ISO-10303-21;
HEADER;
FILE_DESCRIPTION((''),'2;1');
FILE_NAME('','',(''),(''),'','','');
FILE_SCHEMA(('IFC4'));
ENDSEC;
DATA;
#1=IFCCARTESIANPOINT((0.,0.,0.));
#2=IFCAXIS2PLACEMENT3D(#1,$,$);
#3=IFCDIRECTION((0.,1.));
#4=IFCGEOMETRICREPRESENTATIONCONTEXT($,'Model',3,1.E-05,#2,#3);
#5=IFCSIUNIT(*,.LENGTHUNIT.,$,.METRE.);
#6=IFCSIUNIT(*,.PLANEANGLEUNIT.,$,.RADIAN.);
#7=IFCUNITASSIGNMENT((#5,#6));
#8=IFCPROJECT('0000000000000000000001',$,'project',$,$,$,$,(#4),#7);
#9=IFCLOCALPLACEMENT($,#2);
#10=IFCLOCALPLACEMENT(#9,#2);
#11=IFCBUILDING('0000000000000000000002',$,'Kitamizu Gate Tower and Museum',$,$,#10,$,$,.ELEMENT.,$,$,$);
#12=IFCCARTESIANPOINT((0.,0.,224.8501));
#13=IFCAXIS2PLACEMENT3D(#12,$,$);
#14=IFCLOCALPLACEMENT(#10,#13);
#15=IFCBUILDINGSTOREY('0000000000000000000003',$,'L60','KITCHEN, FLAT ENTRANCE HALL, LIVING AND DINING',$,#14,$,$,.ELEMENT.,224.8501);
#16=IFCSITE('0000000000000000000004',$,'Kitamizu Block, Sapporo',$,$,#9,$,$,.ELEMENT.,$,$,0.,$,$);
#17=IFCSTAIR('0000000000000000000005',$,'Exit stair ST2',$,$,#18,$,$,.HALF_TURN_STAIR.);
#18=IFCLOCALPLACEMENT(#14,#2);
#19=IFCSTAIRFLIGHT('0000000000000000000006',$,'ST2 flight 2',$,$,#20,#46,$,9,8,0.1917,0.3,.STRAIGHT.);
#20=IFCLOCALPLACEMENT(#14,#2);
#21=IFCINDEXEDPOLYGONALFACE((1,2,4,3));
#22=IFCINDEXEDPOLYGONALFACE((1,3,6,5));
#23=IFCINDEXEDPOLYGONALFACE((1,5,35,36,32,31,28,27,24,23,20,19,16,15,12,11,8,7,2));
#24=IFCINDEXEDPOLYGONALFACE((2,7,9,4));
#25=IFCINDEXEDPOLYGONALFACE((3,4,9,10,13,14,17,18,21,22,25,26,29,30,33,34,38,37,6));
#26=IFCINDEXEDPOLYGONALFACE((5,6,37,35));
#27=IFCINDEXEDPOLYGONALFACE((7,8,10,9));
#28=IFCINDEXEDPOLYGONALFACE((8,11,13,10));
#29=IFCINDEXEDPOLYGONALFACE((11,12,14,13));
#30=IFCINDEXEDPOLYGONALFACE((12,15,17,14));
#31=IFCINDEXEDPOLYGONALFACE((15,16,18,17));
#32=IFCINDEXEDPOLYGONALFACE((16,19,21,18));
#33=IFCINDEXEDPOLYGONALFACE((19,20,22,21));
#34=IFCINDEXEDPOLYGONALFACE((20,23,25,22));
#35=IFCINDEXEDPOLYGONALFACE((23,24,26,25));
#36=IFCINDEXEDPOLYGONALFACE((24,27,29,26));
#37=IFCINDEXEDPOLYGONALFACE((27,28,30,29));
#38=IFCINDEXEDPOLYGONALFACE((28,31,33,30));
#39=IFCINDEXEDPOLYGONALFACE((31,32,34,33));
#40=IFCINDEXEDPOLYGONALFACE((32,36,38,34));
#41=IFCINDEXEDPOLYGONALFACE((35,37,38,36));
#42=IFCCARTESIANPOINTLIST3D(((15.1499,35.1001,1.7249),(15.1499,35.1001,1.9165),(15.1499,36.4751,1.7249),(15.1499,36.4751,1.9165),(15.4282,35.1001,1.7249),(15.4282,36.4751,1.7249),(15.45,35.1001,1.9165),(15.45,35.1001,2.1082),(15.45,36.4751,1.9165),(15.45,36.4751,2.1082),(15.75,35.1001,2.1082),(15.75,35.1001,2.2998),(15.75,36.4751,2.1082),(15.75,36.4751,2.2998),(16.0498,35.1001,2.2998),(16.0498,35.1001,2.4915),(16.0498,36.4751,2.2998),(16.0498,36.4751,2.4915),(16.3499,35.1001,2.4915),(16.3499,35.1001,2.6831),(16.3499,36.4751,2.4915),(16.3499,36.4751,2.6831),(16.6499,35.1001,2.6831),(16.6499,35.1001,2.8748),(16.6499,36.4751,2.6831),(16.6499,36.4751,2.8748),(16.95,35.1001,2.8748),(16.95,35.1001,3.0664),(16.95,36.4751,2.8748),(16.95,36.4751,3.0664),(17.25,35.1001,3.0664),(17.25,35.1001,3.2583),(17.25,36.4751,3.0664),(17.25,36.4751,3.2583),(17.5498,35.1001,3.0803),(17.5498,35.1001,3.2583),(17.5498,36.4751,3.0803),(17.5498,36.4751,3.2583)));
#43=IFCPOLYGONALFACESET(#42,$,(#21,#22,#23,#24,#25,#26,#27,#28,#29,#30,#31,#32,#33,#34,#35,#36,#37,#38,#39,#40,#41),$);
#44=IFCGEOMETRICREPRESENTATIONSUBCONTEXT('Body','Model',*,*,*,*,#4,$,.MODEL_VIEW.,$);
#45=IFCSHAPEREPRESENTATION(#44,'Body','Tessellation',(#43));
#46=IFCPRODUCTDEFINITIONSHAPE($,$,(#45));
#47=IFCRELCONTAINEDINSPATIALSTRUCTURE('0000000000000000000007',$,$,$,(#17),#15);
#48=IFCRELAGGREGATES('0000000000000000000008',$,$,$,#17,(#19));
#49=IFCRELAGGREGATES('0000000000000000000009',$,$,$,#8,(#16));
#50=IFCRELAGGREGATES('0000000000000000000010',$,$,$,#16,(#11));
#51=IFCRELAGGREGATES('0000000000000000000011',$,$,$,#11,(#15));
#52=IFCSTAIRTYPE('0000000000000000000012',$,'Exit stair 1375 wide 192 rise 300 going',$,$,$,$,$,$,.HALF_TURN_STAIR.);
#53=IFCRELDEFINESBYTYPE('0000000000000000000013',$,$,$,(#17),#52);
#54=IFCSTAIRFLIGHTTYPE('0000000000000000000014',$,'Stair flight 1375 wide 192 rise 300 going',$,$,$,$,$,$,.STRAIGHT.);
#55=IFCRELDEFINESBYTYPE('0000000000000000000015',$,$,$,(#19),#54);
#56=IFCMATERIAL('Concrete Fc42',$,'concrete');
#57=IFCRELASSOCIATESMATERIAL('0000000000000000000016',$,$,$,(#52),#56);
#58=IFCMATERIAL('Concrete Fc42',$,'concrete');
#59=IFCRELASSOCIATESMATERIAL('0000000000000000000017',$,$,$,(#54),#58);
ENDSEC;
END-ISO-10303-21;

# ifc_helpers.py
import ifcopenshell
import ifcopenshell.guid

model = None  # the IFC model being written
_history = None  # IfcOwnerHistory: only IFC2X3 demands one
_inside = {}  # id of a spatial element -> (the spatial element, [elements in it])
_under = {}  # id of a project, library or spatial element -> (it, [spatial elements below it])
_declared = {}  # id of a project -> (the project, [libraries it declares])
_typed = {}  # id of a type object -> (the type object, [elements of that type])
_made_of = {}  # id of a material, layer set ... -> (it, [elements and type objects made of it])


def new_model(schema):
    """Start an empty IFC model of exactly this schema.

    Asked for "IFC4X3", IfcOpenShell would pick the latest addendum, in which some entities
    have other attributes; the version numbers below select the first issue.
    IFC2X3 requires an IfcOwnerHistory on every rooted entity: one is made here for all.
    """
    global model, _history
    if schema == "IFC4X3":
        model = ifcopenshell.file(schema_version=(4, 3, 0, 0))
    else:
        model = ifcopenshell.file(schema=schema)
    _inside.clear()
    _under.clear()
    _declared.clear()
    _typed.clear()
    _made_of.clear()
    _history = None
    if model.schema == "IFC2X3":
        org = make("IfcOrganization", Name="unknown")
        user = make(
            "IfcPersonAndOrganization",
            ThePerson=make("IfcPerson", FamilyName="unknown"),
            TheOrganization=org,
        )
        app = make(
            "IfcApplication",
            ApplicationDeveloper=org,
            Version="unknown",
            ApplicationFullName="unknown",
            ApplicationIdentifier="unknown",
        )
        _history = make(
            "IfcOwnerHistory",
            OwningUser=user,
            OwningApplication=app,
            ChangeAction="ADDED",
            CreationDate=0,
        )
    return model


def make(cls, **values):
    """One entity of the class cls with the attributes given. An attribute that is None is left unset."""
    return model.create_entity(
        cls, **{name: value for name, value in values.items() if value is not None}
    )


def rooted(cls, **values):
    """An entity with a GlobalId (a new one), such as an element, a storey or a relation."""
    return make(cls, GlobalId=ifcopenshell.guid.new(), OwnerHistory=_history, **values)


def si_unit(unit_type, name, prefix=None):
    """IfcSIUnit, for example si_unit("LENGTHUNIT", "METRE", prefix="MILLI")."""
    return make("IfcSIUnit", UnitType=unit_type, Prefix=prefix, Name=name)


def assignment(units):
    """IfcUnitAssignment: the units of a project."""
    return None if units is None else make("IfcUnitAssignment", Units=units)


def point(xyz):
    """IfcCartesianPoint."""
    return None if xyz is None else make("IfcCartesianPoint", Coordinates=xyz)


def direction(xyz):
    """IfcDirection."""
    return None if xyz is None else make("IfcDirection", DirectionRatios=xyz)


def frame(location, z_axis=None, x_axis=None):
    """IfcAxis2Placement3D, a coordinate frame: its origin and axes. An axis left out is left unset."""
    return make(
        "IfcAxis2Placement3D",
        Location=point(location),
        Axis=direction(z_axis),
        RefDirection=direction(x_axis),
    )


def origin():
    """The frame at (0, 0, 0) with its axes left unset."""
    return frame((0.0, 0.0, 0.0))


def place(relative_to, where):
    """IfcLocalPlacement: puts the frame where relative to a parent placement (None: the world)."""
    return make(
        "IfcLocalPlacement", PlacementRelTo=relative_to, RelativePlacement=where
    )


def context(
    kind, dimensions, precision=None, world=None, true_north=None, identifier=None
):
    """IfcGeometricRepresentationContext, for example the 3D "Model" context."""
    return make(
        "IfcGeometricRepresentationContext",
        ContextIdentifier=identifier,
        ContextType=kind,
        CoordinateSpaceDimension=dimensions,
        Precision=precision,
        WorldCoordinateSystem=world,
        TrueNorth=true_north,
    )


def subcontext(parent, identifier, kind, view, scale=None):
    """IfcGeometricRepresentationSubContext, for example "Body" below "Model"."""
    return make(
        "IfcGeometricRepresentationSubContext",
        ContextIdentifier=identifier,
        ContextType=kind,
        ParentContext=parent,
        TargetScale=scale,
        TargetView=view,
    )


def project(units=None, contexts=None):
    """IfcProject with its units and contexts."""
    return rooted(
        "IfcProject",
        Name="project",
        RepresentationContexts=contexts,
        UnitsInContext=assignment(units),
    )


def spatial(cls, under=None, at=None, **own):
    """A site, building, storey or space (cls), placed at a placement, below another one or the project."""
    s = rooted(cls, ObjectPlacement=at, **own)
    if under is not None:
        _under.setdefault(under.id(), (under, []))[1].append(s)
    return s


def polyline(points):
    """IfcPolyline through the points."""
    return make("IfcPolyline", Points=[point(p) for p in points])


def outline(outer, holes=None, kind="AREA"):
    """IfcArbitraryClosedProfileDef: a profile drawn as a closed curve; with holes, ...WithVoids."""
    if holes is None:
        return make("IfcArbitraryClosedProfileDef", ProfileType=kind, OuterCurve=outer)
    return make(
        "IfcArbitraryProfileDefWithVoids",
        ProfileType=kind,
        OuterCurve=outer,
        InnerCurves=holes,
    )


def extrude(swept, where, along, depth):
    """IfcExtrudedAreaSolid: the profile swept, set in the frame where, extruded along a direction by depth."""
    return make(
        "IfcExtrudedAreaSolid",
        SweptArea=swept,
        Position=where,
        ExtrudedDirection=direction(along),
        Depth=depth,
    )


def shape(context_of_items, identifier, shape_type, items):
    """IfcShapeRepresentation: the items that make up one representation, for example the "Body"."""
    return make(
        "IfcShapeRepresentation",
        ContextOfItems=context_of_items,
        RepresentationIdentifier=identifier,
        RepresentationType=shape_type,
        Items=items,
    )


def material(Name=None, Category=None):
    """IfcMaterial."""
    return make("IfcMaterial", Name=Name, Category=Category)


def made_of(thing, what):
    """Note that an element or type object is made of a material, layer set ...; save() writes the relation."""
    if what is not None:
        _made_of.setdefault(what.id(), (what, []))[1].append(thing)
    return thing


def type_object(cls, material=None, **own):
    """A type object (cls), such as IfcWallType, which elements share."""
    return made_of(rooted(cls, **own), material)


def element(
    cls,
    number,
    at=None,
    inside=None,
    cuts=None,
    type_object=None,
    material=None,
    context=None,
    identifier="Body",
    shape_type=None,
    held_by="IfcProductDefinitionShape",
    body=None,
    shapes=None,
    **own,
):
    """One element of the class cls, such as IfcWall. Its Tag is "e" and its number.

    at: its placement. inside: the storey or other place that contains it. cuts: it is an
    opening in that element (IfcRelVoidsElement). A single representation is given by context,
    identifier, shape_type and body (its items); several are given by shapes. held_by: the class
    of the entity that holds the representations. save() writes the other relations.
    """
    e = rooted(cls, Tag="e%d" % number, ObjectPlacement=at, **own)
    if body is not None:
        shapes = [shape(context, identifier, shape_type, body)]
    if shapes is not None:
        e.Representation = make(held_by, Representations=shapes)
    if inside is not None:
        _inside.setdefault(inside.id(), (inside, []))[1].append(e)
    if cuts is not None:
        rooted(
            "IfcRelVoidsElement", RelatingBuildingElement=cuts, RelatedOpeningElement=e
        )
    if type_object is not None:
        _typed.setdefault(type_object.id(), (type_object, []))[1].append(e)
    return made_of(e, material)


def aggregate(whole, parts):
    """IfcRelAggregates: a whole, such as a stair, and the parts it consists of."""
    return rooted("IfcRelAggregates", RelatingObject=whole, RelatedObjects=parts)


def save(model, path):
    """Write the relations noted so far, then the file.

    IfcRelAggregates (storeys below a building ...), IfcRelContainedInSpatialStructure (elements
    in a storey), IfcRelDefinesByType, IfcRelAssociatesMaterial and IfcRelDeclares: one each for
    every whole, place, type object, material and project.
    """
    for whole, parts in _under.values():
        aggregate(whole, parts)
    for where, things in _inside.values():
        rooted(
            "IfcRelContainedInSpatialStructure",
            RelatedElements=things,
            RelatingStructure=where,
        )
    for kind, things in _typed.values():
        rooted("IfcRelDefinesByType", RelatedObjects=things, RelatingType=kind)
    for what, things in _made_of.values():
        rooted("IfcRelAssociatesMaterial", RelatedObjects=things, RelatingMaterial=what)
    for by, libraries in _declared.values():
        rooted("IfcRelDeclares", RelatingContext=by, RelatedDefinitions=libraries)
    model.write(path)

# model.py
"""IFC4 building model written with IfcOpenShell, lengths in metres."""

from ifc_helpers import new_model, si_unit, direction, frame, origin, place, context, subcontext, project, spatial, polyline, outline, extrude, material, type_object, element, aggregate, save


model = new_model("IFC4")

# Units and contexts
model_context = context("Model", 3, precision=1e-05, world=origin(), true_north=direction((0.0, 1.0)))
body_context = subcontext(model_context, "Body", "Model", "MODEL_VIEW")
ifc_project = project(units=[si_unit("LENGTHUNIT", "METRE"), si_unit("PLANEANGLEUNIT", "RADIAN")], contexts=[model_context])

# Site, building, storey
site_placement = place(None, origin())
site = spatial("IfcSite", under=ifc_project, at=site_placement, Name="Kitamizu Block, Sapporo", CompositionType="ELEMENT", RefElevation=0.0)
building_placement = place(site_placement, origin())
building = spatial("IfcBuilding", under=site, at=building_placement, Name="Kitamizu Gate Tower and Museum", CompositionType="ELEMENT")
storey_placement = place(building_placement, frame((0.0, 0.0, 224.8501)))
storey = spatial("IfcBuildingStorey", under=building, at=storey_placement, Name="L60", Description="KITCHEN, FLAT ENTRANCE HALL, LIVING AND DINING", CompositionType="ELEMENT", Elevation=224.8501)

# Stair, stair flight
ifc_material_1 = material(Name="Concrete Fc42", Category="concrete")
stair_type = type_object("IfcStairType", Name="Exit stair 1375 wide 192 rise 300 going", PredefinedType="HALF_TURN_STAIR", material=ifc_material_1)
stair_placement = place(storey_placement, origin())
stair = element("IfcStair", 1, at=stair_placement, inside=storey, type_object=stair_type, Name="Exit stair ST2", PredefinedType="HALF_TURN_STAIR")
ifc_material_2 = material(Name="Concrete Fc42", Category="concrete")
stair_flight_type = type_object("IfcStairFlightType", Name="Stair flight 1375 wide 192 rise 300 going", PredefinedType="STRAIGHT", material=ifc_material_2)
stair_flight_placement = place(storey_placement, frame((15.1499, 35.7876, 1.7249), z_axis=(0.0, 0.0, 1.0), x_axis=(1.0, 0.0, 0.0)))
stair_flight = element("IfcStairFlight", 2, at=stair_flight_placement, type_object=stair_flight_type, Name="ST2 flight 2", NumberOfRisers=9, NumberOfTreads=8, PredefinedType="STRAIGHT", RiserHeight=0.1917, TreadLength=0.3, context=body_context, shape_type="SweptSolid", body=[
    extrude(outline(polyline([(0.0, 0.0), (0.0, 0.1917), (0.3, 0.1917), (0.3, 0.3833), (0.6001, 0.3833), (0.6001, 0.575), (0.8999, 0.575), (0.8999, 0.7666), (1.2, 0.7666), (1.2, 0.9583), (1.5, 0.9583), (1.5, 1.1499), (1.8, 1.1499), (1.8, 1.3416), (2.1001, 1.3416), (2.1001, 1.5334), (2.3999, 1.5334), (2.3999, 1.7251), (2.3999, 1.3555), (0.2783, 0.0), (0.0, 0.0)])), frame((0.0, 0.6875, 0.0), z_axis=(0.0, -1.0, 0.0), x_axis=(1.0, 0.0, 0.0)), (0.0, 0.0, 1.0), 1.375),
])
aggregate(stair, [stair_flight])

save(model, "model.ifc")
